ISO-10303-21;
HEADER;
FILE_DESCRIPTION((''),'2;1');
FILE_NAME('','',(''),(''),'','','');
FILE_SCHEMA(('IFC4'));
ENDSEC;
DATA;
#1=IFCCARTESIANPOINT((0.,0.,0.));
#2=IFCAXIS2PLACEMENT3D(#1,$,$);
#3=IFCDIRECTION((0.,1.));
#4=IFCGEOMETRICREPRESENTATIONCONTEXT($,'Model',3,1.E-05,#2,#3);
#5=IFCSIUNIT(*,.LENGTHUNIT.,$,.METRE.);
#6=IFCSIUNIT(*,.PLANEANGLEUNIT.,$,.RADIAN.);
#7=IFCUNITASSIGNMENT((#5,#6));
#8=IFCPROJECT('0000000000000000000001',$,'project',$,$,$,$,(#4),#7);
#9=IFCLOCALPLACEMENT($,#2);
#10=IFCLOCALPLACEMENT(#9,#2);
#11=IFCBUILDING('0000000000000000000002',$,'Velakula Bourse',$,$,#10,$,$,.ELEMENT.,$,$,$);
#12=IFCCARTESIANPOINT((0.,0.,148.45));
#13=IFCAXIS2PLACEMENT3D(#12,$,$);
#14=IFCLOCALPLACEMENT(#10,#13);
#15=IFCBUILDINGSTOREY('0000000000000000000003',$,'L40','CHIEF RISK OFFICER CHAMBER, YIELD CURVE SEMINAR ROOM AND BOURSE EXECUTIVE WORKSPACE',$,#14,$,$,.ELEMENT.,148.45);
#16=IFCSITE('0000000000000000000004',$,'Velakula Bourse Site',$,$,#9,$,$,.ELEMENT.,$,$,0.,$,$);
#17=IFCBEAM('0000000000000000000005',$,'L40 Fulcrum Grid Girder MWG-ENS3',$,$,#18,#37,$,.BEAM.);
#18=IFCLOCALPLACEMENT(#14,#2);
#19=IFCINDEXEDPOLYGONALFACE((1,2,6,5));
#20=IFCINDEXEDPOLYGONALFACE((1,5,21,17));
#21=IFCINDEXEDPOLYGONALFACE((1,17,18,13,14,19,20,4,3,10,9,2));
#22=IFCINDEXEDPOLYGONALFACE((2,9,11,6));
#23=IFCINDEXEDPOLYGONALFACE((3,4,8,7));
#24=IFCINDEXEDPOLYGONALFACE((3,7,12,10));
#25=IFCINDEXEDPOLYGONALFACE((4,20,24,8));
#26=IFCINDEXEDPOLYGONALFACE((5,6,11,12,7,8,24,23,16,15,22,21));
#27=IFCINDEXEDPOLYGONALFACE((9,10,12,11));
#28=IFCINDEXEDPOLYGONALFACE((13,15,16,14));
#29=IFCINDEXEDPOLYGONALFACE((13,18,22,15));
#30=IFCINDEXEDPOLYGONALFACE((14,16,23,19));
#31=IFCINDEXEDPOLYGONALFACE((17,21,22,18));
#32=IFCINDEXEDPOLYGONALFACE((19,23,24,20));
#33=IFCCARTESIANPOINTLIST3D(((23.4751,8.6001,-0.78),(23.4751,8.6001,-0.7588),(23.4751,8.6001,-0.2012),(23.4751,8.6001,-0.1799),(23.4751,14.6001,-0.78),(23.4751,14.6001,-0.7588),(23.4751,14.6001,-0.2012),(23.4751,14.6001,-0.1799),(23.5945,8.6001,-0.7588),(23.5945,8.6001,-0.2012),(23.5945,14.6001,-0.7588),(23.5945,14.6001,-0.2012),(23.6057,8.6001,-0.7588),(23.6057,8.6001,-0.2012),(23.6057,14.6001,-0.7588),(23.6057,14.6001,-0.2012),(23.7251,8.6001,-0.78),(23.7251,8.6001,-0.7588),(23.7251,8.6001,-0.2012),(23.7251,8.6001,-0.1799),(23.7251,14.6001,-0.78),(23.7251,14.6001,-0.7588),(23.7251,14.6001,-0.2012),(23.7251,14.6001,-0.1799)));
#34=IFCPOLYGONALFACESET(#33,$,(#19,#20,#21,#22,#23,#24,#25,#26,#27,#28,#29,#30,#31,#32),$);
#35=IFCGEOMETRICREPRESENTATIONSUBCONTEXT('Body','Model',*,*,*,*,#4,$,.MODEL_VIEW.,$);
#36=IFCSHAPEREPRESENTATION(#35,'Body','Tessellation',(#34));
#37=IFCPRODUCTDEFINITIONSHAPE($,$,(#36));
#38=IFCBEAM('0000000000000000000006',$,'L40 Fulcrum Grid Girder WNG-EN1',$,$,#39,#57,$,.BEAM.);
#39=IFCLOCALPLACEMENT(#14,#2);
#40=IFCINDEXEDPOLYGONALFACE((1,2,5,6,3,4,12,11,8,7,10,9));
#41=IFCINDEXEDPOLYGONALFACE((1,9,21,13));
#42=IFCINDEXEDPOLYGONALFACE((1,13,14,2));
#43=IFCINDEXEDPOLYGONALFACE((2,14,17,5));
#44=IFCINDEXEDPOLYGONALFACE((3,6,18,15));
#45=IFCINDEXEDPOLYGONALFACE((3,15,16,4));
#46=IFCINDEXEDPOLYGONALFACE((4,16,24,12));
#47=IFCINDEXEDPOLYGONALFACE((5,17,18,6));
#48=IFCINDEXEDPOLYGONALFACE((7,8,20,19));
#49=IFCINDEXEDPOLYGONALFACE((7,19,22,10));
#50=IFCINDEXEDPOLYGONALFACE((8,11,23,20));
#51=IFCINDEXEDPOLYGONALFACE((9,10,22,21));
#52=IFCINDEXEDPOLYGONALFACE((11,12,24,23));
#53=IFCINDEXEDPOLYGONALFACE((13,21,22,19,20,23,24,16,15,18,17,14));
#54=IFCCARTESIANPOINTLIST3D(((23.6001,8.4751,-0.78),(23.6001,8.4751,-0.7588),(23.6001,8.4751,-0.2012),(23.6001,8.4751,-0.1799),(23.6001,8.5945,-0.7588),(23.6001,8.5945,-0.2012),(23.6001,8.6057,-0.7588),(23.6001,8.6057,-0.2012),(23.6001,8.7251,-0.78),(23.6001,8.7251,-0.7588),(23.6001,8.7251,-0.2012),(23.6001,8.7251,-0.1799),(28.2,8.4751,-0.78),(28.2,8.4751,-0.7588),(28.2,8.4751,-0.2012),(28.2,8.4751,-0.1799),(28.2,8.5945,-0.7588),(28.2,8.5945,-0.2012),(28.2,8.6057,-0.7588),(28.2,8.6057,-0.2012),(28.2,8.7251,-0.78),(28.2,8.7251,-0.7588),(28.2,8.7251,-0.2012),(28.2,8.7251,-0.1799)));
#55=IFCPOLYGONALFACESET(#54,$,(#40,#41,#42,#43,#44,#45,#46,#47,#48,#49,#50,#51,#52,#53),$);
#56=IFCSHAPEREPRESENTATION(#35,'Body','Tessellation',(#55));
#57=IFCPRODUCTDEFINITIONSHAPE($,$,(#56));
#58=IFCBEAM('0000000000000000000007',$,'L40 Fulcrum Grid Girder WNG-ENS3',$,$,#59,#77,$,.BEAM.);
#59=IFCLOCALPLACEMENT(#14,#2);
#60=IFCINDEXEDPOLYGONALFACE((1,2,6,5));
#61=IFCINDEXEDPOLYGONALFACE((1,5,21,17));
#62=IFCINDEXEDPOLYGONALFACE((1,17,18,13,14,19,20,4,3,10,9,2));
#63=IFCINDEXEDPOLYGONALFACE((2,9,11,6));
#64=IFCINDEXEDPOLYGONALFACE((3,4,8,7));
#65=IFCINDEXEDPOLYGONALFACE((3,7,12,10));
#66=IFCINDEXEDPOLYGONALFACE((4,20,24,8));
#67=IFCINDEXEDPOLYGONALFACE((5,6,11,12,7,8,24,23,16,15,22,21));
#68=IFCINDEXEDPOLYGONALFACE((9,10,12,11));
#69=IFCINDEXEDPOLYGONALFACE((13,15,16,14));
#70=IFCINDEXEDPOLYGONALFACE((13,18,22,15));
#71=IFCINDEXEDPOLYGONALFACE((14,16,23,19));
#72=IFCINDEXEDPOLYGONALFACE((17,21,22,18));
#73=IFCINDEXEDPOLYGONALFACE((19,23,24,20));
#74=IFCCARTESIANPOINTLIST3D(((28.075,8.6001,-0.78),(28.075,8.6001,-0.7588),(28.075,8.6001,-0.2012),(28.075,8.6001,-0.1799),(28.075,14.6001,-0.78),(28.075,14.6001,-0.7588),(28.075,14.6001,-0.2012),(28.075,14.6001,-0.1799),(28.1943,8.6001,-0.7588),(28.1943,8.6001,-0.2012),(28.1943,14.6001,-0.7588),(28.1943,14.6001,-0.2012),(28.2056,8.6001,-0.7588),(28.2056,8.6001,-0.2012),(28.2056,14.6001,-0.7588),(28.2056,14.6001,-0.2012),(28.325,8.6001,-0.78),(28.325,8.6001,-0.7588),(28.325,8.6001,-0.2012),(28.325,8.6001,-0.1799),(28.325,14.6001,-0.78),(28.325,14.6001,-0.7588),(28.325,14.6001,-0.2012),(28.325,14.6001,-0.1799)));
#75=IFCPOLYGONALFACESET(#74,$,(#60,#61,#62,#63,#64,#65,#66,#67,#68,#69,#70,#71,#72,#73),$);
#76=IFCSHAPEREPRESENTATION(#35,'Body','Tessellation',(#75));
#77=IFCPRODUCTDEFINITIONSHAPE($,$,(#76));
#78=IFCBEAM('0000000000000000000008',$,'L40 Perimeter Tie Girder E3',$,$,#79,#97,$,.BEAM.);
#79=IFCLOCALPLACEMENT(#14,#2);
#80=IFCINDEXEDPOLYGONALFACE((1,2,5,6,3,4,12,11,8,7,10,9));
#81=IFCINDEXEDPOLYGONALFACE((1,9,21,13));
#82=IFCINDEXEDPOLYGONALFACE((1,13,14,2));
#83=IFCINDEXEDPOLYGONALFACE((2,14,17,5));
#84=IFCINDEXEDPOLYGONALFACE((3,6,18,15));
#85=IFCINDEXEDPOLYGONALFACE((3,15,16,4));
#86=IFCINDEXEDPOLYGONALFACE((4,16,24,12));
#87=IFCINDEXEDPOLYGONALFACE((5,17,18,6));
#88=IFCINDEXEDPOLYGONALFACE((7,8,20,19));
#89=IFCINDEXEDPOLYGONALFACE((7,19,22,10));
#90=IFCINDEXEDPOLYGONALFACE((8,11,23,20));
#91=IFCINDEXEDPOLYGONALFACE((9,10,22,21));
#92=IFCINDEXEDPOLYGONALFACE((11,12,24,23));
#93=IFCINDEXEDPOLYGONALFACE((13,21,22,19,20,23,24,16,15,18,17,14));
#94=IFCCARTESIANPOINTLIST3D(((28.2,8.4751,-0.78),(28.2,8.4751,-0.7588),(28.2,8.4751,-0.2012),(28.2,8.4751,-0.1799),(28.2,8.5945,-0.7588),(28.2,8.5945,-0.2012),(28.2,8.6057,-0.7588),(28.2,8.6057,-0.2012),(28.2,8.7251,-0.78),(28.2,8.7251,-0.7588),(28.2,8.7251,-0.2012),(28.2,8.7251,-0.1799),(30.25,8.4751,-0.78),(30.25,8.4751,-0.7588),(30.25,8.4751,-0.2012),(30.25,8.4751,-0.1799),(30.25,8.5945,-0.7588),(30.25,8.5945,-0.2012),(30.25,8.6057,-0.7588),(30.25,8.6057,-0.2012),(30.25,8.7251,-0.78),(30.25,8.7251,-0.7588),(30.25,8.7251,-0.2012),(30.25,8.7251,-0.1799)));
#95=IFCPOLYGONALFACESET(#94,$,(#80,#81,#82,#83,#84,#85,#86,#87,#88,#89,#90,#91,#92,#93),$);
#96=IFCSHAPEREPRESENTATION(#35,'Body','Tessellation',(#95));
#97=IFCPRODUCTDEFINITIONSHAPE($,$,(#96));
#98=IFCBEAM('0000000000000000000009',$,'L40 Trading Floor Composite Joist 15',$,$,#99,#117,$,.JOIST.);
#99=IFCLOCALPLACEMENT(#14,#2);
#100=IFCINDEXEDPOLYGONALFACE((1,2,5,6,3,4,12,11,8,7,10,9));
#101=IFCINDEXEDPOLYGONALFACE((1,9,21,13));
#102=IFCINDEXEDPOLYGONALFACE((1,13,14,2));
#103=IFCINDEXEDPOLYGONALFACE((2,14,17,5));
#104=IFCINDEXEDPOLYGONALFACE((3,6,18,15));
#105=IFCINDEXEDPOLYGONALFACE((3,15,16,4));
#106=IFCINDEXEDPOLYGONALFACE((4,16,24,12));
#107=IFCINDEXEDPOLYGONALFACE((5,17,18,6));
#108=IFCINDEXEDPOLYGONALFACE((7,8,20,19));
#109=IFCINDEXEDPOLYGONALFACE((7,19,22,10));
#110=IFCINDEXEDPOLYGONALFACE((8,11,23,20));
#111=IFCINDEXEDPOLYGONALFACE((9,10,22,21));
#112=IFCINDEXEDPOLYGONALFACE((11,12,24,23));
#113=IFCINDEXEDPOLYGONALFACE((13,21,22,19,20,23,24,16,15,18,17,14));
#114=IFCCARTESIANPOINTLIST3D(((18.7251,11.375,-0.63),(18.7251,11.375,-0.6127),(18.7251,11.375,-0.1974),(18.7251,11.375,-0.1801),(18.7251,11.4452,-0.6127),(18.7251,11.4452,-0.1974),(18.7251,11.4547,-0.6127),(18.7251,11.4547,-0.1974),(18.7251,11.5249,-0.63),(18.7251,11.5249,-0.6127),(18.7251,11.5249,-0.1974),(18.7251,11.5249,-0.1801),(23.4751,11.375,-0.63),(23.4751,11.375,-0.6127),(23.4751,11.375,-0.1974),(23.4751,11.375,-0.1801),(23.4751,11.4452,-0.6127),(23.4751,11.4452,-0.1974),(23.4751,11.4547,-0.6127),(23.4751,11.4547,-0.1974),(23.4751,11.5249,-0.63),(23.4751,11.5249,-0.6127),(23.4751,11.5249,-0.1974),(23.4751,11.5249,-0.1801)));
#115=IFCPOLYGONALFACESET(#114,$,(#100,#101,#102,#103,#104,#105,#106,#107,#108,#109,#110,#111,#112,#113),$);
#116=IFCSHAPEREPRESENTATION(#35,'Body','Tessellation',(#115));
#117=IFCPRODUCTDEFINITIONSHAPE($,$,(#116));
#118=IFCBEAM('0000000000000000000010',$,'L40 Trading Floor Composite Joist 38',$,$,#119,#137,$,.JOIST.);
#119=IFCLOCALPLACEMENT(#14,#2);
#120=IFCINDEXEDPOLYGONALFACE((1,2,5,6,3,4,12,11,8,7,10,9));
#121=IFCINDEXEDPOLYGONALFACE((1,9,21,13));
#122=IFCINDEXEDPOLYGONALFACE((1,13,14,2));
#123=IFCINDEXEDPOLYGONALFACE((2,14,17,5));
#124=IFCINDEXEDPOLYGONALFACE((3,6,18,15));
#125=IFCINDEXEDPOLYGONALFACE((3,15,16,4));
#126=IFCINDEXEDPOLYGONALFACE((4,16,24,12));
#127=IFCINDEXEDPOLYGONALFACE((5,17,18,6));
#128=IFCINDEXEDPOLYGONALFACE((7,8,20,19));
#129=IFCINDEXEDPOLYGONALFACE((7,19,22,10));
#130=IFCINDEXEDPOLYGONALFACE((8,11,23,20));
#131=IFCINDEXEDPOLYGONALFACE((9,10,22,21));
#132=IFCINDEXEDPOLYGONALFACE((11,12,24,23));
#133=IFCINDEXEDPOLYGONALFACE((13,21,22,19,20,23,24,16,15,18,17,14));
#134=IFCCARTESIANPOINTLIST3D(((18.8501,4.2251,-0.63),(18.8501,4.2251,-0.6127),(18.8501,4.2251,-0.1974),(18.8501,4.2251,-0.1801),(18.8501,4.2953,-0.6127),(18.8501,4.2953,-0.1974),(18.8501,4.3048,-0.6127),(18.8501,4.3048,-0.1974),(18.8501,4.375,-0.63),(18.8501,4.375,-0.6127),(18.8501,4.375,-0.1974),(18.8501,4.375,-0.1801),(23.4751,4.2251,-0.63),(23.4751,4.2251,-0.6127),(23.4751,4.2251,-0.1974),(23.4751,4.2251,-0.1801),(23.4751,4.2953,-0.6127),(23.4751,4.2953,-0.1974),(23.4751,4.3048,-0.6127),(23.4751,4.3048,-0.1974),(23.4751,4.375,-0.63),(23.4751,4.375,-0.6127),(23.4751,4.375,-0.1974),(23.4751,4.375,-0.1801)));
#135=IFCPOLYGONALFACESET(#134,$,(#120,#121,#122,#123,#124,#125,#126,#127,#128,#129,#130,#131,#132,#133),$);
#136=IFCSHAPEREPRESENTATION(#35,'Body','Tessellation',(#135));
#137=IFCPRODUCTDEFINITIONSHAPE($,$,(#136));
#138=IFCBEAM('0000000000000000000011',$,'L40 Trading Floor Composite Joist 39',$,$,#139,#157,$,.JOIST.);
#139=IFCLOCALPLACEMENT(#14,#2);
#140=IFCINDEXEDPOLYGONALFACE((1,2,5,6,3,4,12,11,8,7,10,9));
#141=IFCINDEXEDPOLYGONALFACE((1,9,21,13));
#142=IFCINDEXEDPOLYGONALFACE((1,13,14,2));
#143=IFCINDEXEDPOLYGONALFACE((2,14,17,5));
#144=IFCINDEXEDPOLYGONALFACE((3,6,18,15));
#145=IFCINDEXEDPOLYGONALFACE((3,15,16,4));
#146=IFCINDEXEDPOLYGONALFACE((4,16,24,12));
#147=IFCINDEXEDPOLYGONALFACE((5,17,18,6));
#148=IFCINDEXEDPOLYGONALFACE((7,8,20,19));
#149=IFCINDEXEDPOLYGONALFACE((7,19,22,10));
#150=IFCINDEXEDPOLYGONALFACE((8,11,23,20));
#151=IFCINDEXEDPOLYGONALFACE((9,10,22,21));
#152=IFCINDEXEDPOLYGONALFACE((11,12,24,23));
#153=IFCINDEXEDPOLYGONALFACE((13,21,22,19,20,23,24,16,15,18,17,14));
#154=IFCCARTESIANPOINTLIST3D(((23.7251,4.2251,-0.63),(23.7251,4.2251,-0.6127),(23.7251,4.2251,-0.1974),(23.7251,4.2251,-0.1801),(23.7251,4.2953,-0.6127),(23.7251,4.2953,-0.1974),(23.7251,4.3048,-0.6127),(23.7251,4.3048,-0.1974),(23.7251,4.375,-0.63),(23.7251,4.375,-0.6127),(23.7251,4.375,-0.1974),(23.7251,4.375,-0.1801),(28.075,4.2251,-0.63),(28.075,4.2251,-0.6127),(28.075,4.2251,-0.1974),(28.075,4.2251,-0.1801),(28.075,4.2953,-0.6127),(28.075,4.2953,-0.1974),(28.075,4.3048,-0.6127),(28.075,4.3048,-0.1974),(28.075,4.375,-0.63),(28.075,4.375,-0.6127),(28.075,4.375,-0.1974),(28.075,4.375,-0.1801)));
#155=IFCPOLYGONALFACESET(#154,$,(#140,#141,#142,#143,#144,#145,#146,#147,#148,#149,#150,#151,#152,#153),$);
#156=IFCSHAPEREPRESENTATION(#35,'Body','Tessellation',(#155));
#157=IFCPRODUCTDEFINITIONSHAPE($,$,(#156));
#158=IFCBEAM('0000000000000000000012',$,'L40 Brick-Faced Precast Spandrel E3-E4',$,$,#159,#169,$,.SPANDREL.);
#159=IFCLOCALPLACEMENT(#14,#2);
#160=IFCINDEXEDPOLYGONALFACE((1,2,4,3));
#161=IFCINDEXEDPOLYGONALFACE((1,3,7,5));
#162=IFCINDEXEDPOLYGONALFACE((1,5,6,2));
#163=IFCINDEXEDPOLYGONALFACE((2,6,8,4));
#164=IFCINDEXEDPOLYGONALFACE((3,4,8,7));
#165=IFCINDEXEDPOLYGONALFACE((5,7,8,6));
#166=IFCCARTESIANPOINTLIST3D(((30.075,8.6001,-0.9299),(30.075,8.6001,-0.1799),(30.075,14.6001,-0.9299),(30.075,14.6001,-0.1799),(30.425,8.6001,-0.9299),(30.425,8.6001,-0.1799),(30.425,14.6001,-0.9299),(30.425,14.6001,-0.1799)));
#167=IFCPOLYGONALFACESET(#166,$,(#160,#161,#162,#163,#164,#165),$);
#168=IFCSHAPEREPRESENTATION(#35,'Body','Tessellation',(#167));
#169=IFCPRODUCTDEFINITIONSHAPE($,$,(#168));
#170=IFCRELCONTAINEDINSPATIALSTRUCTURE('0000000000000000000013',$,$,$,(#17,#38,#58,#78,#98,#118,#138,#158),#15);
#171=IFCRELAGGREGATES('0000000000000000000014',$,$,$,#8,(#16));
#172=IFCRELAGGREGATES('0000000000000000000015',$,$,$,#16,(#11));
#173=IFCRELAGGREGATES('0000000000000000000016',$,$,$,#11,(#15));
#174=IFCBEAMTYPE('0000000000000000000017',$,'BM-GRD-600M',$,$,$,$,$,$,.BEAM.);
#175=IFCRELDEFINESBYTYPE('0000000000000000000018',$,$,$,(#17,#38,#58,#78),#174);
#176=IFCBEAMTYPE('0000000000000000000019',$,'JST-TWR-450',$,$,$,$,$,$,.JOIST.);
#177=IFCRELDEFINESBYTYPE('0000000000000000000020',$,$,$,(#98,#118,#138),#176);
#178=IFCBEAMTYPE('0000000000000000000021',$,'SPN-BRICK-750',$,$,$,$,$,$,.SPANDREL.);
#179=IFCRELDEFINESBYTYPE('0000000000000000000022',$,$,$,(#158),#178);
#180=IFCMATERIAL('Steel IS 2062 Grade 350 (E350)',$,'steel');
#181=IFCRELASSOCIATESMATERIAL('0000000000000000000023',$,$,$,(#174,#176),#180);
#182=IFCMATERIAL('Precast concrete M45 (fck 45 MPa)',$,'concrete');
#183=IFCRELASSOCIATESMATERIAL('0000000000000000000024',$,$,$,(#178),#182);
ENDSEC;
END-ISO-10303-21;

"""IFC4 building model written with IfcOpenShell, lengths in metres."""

from ifc_helpers import new_model, si_unit, direction, frame, origin, origin_2d, place, context, subcontext, project, spatial, rectangle, i_section, extrude, material, material_profile, profile_set, type_object, element, save


model = new_model("IFC4")

# Units and contexts
model_context = context("Model", 3, precision=1e-05, world=origin(), true_north=direction((0.0, 1.0)))
body_context = subcontext(model_context, "Body", "Model", "MODEL_VIEW")
ifc_project = project(units=[si_unit("LENGTHUNIT", "METRE"), si_unit("PLANEANGLEUNIT", "RADIAN")], contexts=[model_context])

# Site, building, storey
site_placement = place(None, origin())
site = spatial("IfcSite", under=ifc_project, at=site_placement, Name="Velakula Bourse Site", CompositionType="ELEMENT", RefElevation=0.0)
building_placement = place(site_placement, origin())
building = spatial("IfcBuilding", under=site, at=building_placement, Name="Velakula Bourse", CompositionType="ELEMENT")
storey_placement = place(building_placement, frame((0.0, 0.0, 148.45)))
storey = spatial("IfcBuildingStorey", under=building, at=storey_placement, Name="L40", Description="CHIEF RISK OFFICER CHAMBER, YIELD CURVE SEMINAR ROOM AND BOURSE EXECUTIVE WORKSPACE", CompositionType="ELEMENT", Elevation=148.45)

# Shared definitions
ifc_material_1 = material(Name="Steel IS 2062 Grade 350 (E350)", Category="steel")

# Beams
ifc_material_profile_1 = material_profile(ifc_material_1, i_section(OverallWidth=0.25, OverallDepth=0.6001, WebThickness=0.0112, FlangeThickness=0.0212, at=origin_2d()), Name="Steel IS 2062 Grade 350 (E350)")
ifc_profile_set_1 = profile_set([ifc_material_profile_1], Name="Steel IS 2062 Grade 350 (E350)")
beam_type_1 = type_object("IfcBeamType", Name="BM-GRD-600M", PredefinedType="BEAM", material=ifc_profile_set_1)
beam_1_placement = place(storey_placement, frame((23.6001, 8.6001, -0.48), z_axis=(0.0, 1.0, 0.0), x_axis=(-1.0, 0.0, 0.0)))
element("IfcBeam", 1, at=beam_1_placement, inside=storey, type_object=beam_type_1, Name="L40 Fulcrum Grid Girder MWG-ENS3", PredefinedType="BEAM", context=body_context, shape_type="SweptSolid", body=[
    extrude(i_section(OverallWidth=0.25, OverallDepth=0.6001, WebThickness=0.0112, FlangeThickness=0.0212, at=origin_2d()), origin(), (0.0, 0.0, 1.0), 6.0),
])
beam_2_placement = place(storey_placement, frame((23.6001, 8.6001, -0.48), z_axis=(1.0, 0.0, 0.0), x_axis=(0.0, 1.0, 0.0)))
element("IfcBeam", 2, at=beam_2_placement, inside=storey, type_object=beam_type_1, Name="L40 Fulcrum Grid Girder WNG-EN1", PredefinedType="BEAM", context=body_context, shape_type="SweptSolid", body=[
    extrude(i_section(OverallWidth=0.25, OverallDepth=0.6001, WebThickness=0.0112, FlangeThickness=0.0212, at=origin_2d()), origin(), (0.0, 0.0, 1.0), 4.5999),
])
beam_3_placement = place(storey_placement, frame((28.2, 8.6001, -0.48), z_axis=(0.0, 1.0, 0.0), x_axis=(-1.0, 0.0, 0.0)))
element("IfcBeam", 3, at=beam_3_placement, inside=storey, type_object=beam_type_1, Name="L40 Fulcrum Grid Girder WNG-ENS3", PredefinedType="BEAM", context=body_context, shape_type="SweptSolid", body=[
    extrude(i_section(OverallWidth=0.25, OverallDepth=0.6001, WebThickness=0.0112, FlangeThickness=0.0212, at=origin_2d()), origin(), (0.0, 0.0, 1.0), 6.0),
])
beam_4_placement = place(storey_placement, frame((28.2, 8.6001, -0.48), z_axis=(1.0, 0.0, 0.0), x_axis=(0.0, 1.0, 0.0)))
element("IfcBeam", 4, at=beam_4_placement, inside=storey, type_object=beam_type_1, Name="L40 Perimeter Tie Girder E3", PredefinedType="BEAM", context=body_context, shape_type="SweptSolid", body=[
    extrude(i_section(OverallWidth=0.25, OverallDepth=0.6001, WebThickness=0.0112, FlangeThickness=0.0212, at=origin_2d()), origin(), (0.0, 0.0, 1.0), 2.05),
])
ifc_material_profile_2 = material_profile(ifc_material_1, i_section(OverallWidth=0.1499, OverallDepth=0.45, WebThickness=0.0095, FlangeThickness=0.0173, at=origin_2d()), Name="Steel IS 2062 Grade 350 (E350)")
ifc_profile_set_2 = profile_set([ifc_material_profile_2], Name="Steel IS 2062 Grade 350 (E350)")
beam_type_2 = type_object("IfcBeamType", Name="JST-TWR-450", PredefinedType="JOIST", material=ifc_profile_set_2)
beam_5_placement = place(storey_placement, frame((18.7251, 11.45, -0.405), z_axis=(1.0, 0.0, 0.0), x_axis=(0.0, 1.0, 0.0)))
element("IfcBeam", 5, at=beam_5_placement, inside=storey, type_object=beam_type_2, Name="L40 Trading Floor Composite Joist 15", PredefinedType="JOIST", context=body_context, shape_type="SweptSolid", body=[
    extrude(i_section(OverallWidth=0.1499, OverallDepth=0.45, WebThickness=0.0095, FlangeThickness=0.0173, at=origin_2d()), origin(), (0.0, 0.0, 1.0), 4.75),
])
beam_6_placement = place(storey_placement, frame((18.8501, 4.3, -0.405), z_axis=(1.0, 0.0, 0.0), x_axis=(0.0, 1.0, 0.0)))
element("IfcBeam", 6, at=beam_6_placement, inside=storey, type_object=beam_type_2, Name="L40 Trading Floor Composite Joist 38", PredefinedType="JOIST", context=body_context, shape_type="SweptSolid", body=[
    extrude(i_section(OverallWidth=0.1499, OverallDepth=0.45, WebThickness=0.0095, FlangeThickness=0.0173, at=origin_2d()), origin(), (0.0, 0.0, 1.0), 4.625),
])
beam_7_placement = place(storey_placement, frame((23.7251, 4.3, -0.405), z_axis=(1.0, 0.0, 0.0), x_axis=(0.0, 1.0, 0.0)))
element("IfcBeam", 7, at=beam_7_placement, inside=storey, type_object=beam_type_2, Name="L40 Trading Floor Composite Joist 39", PredefinedType="JOIST", context=body_context, shape_type="SweptSolid", body=[
    extrude(i_section(OverallWidth=0.1499, OverallDepth=0.45, WebThickness=0.0095, FlangeThickness=0.0173, at=origin_2d()), origin(), (0.0, 0.0, 1.0), 4.3499),
])
ifc_material_2 = material(Name="Precast concrete M45 (fck 45 MPa)", Category="concrete")
ifc_material_profile_3 = material_profile(ifc_material_2, rectangle(XDim=0.3501, YDim=0.75, at=origin_2d()), Name="Precast concrete M45 (fck 45 MPa)")
ifc_profile_set_3 = profile_set([ifc_material_profile_3], Name="Precast concrete M45 (fck 45 MPa)")
beam_type_3 = type_object("IfcBeamType", Name="SPN-BRICK-750", PredefinedType="SPANDREL", material=ifc_profile_set_3)
beam_8_placement = place(storey_placement, frame((30.25, 8.6001, -0.5549), z_axis=(0.0, 1.0, 0.0), x_axis=(-1.0, 0.0, 0.0)))
element("IfcBeam", 8, at=beam_8_placement, inside=storey, type_object=beam_type_3, Name="L40 Brick-Faced Precast Spandrel E3-E4", PredefinedType="SPANDREL", context=body_context, shape_type="SweptSolid", body=[
    extrude(rectangle(XDim=0.3501, YDim=0.75, at=origin_2d()), origin(), (0.0, 0.0, 1.0), 6.0),
])

save(model, "model.ifc")
